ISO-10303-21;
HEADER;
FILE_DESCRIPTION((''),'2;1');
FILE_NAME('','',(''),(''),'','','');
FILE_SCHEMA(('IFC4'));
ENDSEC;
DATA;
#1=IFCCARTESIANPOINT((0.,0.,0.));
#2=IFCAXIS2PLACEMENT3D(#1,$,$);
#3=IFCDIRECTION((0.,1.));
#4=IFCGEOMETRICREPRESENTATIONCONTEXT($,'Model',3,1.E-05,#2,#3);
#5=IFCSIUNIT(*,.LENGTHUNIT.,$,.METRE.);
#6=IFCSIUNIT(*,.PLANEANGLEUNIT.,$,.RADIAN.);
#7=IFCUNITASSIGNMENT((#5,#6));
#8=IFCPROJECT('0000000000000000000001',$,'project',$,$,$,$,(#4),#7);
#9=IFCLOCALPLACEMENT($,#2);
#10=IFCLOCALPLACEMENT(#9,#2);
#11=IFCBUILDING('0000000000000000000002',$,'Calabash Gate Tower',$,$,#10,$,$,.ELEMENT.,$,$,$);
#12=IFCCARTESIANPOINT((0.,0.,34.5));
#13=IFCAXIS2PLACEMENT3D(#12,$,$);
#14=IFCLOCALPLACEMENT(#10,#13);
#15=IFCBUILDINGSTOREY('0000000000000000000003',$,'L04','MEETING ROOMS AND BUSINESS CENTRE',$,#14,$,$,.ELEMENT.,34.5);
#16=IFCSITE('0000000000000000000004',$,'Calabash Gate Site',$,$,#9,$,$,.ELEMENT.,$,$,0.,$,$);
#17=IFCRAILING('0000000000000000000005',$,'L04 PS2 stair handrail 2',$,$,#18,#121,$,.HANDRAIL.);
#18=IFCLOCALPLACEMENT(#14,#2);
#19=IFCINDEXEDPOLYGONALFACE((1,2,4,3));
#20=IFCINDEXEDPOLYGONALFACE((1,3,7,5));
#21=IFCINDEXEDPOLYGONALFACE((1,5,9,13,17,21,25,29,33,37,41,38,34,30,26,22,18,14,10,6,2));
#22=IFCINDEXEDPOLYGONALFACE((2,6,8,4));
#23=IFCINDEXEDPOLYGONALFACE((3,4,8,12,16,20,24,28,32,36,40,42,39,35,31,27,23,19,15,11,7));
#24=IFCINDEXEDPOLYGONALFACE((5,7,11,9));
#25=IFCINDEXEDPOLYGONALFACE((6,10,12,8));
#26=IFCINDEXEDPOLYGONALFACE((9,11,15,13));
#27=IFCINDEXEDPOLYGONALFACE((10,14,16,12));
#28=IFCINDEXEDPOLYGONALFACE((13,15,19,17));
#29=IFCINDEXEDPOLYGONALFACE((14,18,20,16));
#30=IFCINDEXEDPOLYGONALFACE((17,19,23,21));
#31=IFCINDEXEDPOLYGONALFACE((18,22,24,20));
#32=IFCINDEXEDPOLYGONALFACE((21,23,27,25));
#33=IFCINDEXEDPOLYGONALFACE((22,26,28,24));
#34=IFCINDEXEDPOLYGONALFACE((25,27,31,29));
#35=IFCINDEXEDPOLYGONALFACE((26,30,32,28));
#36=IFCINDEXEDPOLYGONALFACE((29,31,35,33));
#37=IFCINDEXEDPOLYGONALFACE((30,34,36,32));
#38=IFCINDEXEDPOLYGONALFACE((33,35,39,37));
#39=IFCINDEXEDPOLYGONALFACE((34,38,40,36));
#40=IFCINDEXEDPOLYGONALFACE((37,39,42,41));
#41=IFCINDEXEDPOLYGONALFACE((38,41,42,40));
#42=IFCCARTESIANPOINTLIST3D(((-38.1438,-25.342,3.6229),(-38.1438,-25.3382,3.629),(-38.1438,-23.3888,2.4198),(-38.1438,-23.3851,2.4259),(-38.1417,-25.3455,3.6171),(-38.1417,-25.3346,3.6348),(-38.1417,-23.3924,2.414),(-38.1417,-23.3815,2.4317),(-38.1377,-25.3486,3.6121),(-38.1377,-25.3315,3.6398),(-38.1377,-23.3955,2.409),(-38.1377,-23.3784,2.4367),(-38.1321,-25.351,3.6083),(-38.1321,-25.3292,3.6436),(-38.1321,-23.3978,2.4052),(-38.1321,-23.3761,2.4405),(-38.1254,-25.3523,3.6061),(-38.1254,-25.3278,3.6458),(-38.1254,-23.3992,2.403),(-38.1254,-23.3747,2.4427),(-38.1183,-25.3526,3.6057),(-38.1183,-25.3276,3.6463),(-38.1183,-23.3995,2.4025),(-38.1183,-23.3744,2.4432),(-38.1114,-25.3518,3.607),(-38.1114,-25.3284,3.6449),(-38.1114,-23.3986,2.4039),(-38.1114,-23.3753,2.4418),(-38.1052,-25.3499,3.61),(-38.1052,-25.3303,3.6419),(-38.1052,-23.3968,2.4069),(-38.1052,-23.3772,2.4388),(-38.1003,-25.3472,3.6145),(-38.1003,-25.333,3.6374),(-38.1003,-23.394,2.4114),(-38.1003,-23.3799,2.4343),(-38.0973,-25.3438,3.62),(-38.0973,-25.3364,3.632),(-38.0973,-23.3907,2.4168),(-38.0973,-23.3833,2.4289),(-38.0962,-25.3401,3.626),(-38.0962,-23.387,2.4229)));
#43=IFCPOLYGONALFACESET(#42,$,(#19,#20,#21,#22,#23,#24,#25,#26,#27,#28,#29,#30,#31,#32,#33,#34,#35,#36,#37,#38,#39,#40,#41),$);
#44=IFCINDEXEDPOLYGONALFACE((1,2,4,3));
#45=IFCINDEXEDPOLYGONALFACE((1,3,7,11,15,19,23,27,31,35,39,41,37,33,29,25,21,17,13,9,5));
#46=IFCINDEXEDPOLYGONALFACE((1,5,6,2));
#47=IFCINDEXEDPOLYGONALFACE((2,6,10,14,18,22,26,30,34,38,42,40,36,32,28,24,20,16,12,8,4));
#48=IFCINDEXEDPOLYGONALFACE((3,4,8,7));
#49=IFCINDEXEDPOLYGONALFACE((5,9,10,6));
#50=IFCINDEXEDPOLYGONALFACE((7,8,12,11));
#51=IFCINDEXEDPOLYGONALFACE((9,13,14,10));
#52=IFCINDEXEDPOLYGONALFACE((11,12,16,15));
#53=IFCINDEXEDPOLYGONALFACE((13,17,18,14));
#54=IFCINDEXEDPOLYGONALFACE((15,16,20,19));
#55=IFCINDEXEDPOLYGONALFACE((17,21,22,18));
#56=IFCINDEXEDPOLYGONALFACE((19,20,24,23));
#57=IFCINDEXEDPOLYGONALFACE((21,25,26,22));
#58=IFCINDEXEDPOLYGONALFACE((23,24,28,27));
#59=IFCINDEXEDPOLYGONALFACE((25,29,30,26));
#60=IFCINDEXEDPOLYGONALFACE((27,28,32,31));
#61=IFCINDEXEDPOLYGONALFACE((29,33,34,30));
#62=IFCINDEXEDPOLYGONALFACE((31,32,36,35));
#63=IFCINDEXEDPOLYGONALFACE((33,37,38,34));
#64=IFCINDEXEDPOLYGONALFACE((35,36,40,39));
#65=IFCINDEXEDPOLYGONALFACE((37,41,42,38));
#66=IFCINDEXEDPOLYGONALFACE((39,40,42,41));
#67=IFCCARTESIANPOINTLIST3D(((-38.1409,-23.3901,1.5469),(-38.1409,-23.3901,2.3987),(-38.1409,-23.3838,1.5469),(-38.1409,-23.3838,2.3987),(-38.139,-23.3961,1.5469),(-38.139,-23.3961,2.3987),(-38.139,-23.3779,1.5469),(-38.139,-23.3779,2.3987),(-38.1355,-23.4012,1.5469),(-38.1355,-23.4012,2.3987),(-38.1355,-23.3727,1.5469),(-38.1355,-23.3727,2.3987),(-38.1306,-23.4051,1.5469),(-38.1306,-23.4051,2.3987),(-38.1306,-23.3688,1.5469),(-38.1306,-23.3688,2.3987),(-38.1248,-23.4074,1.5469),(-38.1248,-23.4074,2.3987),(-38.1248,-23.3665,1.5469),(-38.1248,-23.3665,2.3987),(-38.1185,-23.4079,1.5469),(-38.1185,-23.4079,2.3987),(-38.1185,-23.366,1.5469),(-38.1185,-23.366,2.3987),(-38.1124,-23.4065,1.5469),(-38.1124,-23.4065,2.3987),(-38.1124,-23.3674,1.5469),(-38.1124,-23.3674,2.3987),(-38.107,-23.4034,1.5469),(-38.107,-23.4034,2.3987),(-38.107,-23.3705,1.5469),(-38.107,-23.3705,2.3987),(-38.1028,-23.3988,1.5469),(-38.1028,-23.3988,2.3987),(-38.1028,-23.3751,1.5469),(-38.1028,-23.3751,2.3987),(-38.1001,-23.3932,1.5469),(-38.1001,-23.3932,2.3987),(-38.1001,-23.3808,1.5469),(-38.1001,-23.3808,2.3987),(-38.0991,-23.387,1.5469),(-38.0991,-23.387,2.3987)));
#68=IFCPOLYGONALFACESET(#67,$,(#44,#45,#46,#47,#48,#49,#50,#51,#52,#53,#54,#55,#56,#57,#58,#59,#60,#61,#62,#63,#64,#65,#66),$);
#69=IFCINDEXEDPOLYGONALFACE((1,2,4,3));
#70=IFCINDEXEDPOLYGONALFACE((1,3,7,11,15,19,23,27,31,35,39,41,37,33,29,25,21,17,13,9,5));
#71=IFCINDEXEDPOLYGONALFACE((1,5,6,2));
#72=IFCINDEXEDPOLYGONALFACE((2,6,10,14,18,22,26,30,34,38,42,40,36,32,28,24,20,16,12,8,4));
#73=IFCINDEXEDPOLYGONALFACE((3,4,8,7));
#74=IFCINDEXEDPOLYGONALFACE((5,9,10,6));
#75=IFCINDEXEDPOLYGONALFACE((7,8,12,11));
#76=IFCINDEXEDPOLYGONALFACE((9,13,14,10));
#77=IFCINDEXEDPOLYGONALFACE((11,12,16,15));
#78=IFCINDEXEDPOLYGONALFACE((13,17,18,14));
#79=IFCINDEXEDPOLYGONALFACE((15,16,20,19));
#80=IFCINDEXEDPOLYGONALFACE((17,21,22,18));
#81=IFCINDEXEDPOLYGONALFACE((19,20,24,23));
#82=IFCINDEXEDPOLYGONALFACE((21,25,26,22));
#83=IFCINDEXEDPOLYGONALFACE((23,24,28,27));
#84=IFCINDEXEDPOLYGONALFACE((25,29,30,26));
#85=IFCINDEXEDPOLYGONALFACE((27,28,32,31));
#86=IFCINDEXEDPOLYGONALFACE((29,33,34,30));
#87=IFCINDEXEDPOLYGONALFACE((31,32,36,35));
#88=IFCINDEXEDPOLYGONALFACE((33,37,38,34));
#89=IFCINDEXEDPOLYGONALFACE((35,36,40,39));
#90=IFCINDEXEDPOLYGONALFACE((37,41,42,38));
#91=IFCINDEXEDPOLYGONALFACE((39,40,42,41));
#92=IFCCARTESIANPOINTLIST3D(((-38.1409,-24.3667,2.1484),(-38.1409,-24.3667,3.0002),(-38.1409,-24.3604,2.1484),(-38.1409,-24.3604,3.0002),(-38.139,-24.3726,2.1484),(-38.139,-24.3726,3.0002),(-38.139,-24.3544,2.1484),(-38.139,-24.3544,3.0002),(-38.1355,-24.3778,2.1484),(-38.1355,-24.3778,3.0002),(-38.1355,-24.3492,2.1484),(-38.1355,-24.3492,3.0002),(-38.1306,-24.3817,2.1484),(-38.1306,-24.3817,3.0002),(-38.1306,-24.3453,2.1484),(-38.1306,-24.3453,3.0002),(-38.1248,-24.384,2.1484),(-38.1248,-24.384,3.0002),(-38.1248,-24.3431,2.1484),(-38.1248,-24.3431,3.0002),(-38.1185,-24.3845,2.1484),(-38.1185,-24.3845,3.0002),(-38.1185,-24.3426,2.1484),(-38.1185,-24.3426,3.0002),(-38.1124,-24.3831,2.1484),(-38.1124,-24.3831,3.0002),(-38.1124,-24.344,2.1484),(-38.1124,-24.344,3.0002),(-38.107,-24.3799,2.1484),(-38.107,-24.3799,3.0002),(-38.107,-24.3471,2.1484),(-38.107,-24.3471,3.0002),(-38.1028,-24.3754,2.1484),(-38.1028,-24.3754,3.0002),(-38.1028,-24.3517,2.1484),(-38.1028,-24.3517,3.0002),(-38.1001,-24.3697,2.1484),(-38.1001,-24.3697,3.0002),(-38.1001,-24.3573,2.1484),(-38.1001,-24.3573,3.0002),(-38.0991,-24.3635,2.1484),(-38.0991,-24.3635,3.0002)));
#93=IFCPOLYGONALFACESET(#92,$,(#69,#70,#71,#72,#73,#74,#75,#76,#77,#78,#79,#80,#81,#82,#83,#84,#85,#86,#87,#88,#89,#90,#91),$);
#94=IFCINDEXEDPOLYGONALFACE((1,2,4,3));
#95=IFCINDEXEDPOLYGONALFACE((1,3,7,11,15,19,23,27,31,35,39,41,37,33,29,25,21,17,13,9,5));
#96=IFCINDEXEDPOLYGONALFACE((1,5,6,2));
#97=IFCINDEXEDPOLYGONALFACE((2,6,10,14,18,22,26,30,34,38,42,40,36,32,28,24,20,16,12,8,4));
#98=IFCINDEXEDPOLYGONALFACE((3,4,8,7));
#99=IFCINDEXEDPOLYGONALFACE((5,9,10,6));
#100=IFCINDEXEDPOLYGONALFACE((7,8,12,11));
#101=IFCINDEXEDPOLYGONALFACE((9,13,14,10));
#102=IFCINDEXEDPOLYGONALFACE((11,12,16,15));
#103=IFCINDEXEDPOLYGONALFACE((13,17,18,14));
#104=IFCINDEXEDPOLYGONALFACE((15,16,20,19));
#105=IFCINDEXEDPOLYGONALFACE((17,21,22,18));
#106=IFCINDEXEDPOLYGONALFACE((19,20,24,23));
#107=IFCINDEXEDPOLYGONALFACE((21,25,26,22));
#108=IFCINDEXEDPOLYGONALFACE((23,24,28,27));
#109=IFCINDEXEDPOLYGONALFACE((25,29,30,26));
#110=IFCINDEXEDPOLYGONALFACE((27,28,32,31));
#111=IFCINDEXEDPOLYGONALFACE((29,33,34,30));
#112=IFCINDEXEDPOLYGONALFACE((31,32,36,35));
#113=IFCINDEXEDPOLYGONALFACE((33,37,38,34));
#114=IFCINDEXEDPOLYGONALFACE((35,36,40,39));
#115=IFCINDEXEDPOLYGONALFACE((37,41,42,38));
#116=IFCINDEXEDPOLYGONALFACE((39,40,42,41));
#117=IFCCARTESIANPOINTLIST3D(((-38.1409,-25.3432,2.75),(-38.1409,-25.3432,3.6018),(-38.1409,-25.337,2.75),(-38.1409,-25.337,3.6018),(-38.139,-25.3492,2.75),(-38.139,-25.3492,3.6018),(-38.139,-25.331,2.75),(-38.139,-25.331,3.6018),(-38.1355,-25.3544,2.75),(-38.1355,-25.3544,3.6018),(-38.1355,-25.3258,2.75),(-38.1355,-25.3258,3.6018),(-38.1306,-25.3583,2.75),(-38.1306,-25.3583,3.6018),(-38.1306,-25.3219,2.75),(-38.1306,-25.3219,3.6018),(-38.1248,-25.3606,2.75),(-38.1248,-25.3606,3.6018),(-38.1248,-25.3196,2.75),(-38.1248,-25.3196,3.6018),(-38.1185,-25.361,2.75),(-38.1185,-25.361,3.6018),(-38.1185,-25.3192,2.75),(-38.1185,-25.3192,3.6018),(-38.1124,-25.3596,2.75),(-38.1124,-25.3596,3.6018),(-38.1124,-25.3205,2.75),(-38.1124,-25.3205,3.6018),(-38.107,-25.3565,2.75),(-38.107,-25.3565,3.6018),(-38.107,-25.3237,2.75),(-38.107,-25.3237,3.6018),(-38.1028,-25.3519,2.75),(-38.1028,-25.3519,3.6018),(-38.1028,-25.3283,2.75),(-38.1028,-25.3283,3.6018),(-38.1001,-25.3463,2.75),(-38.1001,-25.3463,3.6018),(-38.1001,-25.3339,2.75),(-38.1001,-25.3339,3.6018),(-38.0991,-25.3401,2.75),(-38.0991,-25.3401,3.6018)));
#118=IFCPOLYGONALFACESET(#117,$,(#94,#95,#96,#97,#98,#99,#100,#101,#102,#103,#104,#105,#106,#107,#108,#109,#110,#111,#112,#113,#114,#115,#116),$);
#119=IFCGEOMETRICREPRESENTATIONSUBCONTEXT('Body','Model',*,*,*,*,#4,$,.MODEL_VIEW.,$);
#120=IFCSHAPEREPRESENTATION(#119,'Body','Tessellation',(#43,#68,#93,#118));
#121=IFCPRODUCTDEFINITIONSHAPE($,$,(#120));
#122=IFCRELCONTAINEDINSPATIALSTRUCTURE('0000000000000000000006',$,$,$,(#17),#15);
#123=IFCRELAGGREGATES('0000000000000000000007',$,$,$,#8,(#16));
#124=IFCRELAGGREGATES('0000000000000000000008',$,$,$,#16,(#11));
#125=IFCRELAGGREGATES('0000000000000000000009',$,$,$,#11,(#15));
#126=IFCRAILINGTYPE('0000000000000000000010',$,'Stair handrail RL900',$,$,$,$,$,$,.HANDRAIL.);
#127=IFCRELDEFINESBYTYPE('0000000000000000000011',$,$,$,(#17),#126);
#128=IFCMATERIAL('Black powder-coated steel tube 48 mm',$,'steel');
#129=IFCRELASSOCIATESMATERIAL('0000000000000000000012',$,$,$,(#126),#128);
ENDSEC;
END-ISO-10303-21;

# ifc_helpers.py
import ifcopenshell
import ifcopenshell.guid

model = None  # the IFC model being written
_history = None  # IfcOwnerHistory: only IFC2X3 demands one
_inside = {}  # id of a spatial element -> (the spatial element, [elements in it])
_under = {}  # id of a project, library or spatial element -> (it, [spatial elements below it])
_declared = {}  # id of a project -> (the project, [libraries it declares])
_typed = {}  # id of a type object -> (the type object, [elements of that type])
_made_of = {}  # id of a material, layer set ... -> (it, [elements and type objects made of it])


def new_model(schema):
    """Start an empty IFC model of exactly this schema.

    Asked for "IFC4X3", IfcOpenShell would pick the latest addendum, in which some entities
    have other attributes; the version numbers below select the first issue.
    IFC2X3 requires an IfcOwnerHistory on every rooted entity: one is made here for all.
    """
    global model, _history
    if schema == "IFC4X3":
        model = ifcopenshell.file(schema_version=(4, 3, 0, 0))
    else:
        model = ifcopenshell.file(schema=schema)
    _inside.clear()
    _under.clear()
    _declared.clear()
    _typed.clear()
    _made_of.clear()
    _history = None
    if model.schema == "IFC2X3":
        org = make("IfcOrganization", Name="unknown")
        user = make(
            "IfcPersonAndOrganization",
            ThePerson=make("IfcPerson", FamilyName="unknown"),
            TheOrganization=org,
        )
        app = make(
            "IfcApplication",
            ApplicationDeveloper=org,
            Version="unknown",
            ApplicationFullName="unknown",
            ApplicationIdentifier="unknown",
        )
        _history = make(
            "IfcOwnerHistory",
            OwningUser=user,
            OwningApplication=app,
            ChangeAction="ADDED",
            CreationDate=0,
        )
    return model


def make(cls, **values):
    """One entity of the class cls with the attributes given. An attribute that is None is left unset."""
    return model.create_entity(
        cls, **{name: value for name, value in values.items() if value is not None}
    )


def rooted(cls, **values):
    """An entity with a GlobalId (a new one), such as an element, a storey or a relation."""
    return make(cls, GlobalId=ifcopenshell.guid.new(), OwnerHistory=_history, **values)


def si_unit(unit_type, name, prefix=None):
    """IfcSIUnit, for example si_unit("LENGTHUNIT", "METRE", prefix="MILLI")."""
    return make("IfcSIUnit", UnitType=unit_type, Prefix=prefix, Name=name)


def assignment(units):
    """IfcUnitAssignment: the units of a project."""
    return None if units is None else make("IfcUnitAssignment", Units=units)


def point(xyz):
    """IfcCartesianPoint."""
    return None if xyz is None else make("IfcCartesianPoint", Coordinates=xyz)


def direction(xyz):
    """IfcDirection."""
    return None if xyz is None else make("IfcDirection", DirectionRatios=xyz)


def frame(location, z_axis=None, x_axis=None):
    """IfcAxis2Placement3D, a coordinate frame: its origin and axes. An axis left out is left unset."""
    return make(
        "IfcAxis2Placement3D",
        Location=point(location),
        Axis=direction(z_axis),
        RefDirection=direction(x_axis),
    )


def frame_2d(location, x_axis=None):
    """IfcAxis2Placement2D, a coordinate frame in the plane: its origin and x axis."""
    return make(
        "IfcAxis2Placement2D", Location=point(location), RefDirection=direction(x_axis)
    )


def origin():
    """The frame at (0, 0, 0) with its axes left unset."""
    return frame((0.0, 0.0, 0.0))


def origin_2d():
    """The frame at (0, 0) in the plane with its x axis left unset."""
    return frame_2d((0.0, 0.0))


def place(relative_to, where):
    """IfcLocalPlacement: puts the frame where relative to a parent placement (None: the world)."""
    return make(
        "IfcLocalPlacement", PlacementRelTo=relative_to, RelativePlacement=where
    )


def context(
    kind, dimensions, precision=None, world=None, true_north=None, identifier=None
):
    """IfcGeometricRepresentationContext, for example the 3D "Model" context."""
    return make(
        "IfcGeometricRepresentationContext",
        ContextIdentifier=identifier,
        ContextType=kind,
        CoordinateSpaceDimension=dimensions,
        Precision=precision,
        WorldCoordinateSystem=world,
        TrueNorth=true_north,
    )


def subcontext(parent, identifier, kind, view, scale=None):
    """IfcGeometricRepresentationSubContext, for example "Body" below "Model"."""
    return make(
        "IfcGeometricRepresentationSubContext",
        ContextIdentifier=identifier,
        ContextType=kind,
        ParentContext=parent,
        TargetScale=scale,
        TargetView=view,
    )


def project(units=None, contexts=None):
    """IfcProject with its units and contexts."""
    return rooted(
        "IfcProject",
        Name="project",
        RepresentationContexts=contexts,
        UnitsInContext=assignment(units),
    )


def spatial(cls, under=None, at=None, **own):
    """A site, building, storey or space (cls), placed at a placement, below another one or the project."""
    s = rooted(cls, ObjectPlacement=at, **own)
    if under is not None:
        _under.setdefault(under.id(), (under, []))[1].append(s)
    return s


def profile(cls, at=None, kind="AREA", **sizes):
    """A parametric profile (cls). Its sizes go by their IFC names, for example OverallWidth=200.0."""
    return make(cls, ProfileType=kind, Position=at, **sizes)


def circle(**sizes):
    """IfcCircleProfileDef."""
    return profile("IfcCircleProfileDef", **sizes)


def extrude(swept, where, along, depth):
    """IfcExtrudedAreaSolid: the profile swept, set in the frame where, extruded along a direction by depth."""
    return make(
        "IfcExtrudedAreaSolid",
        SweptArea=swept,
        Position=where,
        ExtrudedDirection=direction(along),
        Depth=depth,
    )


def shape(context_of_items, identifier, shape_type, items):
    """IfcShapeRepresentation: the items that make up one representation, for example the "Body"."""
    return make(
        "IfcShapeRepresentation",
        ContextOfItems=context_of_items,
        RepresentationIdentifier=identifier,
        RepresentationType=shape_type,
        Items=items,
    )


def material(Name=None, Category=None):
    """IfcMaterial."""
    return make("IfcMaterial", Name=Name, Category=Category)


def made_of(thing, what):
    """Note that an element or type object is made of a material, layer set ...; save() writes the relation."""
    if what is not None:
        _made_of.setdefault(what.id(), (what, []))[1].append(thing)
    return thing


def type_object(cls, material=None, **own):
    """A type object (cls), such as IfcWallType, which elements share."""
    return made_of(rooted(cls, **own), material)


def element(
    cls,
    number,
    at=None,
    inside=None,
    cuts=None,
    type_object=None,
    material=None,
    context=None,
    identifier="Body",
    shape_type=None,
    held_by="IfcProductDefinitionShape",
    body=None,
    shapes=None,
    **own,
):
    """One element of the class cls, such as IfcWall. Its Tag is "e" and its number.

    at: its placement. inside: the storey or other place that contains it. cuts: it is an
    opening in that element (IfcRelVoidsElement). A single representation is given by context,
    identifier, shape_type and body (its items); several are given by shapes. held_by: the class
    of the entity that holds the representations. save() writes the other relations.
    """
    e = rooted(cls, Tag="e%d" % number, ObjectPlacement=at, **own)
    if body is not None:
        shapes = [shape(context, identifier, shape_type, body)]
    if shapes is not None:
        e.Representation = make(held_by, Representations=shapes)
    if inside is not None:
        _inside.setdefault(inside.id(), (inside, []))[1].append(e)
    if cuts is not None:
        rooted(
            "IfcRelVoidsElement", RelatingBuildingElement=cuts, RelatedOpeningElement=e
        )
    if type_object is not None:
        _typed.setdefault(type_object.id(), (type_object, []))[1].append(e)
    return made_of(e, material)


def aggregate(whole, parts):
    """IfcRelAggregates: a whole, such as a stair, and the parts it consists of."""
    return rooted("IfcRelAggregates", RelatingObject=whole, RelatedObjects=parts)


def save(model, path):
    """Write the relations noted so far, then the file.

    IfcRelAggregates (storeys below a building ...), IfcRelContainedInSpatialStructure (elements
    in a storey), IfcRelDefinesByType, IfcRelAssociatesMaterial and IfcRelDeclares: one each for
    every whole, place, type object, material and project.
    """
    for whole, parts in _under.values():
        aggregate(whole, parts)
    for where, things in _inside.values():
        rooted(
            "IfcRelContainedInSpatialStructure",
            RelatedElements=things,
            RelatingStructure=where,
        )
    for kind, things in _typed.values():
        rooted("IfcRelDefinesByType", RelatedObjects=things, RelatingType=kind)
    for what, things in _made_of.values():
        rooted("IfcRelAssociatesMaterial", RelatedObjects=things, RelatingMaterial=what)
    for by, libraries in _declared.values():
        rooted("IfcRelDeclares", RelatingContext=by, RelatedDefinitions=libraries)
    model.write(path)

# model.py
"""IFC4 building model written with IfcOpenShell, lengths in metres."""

from ifc_helpers import new_model, si_unit, direction, frame, origin, origin_2d, place, context, subcontext, project, spatial, circle, extrude, material, type_object, element, save


model = new_model("IFC4")

# Units and contexts
model_context = context("Model", 3, precision=1e-05, world=origin(), true_north=direction((0.0, 1.0)))
body_context = subcontext(model_context, "Body", "Model", "MODEL_VIEW")
ifc_project = project(units=[si_unit("LENGTHUNIT", "METRE"), si_unit("PLANEANGLEUNIT", "RADIAN")], contexts=[model_context])

# Site, building, storey
site_placement = place(None, origin())
site = spatial("IfcSite", under=ifc_project, at=site_placement, Name="Calabash Gate Site", CompositionType="ELEMENT", RefElevation=0.0)
building_placement = place(site_placement, origin())
building = spatial("IfcBuilding", under=site, at=building_placement, Name="Calabash Gate Tower", CompositionType="ELEMENT")
storey_placement = place(building_placement, frame((0.0, 0.0, 34.5)))
storey = spatial("IfcBuildingStorey", under=building, at=storey_placement, Name="L04", Description="MEETING ROOMS AND BUSINESS CENTRE", CompositionType="ELEMENT", Elevation=34.5)

# Railing
ifc_material_1 = material(Name="Black powder-coated steel tube 48 mm", Category="steel")
railing_type_1 = type_object("IfcRailingType", Name="Stair handrail RL900", PredefinedType="HANDRAIL", material=ifc_material_1)
railing_1_placement = place(storey_placement, frame((-38.1201, -23.387, 1.5469)))
element("IfcRailing", 1, at=railing_1_placement, inside=storey, type_object=railing_type_1, Name="L04 PS2 stair handrail 2", PredefinedType="HANDRAIL", context=body_context, shape_type="SweptSolid", body=[
    extrude(circle(Radius=0.0239, at=origin_2d()), frame((0.0, 0.0, 0.876), z_axis=(0.0, -0.851424, 0.524477), x_axis=(1.0, 0.0, 0.0)), (0.0, 0.0, 1.0), 2.2939),
    extrude(circle(Radius=0.021, at=origin_2d()), origin(), (0.0, 0.0, 1.0), 0.8518),
    extrude(circle(Radius=0.021, at=origin_2d()), frame((0.0, -0.9766, 0.6016)), (0.0, 0.0, 1.0), 0.8518),
    extrude(circle(Radius=0.021, at=origin_2d()), frame((0.0, -1.9531, 1.2031)), (0.0, 0.0, 1.0), 0.8518),
])

save(model, "model.ifc")
